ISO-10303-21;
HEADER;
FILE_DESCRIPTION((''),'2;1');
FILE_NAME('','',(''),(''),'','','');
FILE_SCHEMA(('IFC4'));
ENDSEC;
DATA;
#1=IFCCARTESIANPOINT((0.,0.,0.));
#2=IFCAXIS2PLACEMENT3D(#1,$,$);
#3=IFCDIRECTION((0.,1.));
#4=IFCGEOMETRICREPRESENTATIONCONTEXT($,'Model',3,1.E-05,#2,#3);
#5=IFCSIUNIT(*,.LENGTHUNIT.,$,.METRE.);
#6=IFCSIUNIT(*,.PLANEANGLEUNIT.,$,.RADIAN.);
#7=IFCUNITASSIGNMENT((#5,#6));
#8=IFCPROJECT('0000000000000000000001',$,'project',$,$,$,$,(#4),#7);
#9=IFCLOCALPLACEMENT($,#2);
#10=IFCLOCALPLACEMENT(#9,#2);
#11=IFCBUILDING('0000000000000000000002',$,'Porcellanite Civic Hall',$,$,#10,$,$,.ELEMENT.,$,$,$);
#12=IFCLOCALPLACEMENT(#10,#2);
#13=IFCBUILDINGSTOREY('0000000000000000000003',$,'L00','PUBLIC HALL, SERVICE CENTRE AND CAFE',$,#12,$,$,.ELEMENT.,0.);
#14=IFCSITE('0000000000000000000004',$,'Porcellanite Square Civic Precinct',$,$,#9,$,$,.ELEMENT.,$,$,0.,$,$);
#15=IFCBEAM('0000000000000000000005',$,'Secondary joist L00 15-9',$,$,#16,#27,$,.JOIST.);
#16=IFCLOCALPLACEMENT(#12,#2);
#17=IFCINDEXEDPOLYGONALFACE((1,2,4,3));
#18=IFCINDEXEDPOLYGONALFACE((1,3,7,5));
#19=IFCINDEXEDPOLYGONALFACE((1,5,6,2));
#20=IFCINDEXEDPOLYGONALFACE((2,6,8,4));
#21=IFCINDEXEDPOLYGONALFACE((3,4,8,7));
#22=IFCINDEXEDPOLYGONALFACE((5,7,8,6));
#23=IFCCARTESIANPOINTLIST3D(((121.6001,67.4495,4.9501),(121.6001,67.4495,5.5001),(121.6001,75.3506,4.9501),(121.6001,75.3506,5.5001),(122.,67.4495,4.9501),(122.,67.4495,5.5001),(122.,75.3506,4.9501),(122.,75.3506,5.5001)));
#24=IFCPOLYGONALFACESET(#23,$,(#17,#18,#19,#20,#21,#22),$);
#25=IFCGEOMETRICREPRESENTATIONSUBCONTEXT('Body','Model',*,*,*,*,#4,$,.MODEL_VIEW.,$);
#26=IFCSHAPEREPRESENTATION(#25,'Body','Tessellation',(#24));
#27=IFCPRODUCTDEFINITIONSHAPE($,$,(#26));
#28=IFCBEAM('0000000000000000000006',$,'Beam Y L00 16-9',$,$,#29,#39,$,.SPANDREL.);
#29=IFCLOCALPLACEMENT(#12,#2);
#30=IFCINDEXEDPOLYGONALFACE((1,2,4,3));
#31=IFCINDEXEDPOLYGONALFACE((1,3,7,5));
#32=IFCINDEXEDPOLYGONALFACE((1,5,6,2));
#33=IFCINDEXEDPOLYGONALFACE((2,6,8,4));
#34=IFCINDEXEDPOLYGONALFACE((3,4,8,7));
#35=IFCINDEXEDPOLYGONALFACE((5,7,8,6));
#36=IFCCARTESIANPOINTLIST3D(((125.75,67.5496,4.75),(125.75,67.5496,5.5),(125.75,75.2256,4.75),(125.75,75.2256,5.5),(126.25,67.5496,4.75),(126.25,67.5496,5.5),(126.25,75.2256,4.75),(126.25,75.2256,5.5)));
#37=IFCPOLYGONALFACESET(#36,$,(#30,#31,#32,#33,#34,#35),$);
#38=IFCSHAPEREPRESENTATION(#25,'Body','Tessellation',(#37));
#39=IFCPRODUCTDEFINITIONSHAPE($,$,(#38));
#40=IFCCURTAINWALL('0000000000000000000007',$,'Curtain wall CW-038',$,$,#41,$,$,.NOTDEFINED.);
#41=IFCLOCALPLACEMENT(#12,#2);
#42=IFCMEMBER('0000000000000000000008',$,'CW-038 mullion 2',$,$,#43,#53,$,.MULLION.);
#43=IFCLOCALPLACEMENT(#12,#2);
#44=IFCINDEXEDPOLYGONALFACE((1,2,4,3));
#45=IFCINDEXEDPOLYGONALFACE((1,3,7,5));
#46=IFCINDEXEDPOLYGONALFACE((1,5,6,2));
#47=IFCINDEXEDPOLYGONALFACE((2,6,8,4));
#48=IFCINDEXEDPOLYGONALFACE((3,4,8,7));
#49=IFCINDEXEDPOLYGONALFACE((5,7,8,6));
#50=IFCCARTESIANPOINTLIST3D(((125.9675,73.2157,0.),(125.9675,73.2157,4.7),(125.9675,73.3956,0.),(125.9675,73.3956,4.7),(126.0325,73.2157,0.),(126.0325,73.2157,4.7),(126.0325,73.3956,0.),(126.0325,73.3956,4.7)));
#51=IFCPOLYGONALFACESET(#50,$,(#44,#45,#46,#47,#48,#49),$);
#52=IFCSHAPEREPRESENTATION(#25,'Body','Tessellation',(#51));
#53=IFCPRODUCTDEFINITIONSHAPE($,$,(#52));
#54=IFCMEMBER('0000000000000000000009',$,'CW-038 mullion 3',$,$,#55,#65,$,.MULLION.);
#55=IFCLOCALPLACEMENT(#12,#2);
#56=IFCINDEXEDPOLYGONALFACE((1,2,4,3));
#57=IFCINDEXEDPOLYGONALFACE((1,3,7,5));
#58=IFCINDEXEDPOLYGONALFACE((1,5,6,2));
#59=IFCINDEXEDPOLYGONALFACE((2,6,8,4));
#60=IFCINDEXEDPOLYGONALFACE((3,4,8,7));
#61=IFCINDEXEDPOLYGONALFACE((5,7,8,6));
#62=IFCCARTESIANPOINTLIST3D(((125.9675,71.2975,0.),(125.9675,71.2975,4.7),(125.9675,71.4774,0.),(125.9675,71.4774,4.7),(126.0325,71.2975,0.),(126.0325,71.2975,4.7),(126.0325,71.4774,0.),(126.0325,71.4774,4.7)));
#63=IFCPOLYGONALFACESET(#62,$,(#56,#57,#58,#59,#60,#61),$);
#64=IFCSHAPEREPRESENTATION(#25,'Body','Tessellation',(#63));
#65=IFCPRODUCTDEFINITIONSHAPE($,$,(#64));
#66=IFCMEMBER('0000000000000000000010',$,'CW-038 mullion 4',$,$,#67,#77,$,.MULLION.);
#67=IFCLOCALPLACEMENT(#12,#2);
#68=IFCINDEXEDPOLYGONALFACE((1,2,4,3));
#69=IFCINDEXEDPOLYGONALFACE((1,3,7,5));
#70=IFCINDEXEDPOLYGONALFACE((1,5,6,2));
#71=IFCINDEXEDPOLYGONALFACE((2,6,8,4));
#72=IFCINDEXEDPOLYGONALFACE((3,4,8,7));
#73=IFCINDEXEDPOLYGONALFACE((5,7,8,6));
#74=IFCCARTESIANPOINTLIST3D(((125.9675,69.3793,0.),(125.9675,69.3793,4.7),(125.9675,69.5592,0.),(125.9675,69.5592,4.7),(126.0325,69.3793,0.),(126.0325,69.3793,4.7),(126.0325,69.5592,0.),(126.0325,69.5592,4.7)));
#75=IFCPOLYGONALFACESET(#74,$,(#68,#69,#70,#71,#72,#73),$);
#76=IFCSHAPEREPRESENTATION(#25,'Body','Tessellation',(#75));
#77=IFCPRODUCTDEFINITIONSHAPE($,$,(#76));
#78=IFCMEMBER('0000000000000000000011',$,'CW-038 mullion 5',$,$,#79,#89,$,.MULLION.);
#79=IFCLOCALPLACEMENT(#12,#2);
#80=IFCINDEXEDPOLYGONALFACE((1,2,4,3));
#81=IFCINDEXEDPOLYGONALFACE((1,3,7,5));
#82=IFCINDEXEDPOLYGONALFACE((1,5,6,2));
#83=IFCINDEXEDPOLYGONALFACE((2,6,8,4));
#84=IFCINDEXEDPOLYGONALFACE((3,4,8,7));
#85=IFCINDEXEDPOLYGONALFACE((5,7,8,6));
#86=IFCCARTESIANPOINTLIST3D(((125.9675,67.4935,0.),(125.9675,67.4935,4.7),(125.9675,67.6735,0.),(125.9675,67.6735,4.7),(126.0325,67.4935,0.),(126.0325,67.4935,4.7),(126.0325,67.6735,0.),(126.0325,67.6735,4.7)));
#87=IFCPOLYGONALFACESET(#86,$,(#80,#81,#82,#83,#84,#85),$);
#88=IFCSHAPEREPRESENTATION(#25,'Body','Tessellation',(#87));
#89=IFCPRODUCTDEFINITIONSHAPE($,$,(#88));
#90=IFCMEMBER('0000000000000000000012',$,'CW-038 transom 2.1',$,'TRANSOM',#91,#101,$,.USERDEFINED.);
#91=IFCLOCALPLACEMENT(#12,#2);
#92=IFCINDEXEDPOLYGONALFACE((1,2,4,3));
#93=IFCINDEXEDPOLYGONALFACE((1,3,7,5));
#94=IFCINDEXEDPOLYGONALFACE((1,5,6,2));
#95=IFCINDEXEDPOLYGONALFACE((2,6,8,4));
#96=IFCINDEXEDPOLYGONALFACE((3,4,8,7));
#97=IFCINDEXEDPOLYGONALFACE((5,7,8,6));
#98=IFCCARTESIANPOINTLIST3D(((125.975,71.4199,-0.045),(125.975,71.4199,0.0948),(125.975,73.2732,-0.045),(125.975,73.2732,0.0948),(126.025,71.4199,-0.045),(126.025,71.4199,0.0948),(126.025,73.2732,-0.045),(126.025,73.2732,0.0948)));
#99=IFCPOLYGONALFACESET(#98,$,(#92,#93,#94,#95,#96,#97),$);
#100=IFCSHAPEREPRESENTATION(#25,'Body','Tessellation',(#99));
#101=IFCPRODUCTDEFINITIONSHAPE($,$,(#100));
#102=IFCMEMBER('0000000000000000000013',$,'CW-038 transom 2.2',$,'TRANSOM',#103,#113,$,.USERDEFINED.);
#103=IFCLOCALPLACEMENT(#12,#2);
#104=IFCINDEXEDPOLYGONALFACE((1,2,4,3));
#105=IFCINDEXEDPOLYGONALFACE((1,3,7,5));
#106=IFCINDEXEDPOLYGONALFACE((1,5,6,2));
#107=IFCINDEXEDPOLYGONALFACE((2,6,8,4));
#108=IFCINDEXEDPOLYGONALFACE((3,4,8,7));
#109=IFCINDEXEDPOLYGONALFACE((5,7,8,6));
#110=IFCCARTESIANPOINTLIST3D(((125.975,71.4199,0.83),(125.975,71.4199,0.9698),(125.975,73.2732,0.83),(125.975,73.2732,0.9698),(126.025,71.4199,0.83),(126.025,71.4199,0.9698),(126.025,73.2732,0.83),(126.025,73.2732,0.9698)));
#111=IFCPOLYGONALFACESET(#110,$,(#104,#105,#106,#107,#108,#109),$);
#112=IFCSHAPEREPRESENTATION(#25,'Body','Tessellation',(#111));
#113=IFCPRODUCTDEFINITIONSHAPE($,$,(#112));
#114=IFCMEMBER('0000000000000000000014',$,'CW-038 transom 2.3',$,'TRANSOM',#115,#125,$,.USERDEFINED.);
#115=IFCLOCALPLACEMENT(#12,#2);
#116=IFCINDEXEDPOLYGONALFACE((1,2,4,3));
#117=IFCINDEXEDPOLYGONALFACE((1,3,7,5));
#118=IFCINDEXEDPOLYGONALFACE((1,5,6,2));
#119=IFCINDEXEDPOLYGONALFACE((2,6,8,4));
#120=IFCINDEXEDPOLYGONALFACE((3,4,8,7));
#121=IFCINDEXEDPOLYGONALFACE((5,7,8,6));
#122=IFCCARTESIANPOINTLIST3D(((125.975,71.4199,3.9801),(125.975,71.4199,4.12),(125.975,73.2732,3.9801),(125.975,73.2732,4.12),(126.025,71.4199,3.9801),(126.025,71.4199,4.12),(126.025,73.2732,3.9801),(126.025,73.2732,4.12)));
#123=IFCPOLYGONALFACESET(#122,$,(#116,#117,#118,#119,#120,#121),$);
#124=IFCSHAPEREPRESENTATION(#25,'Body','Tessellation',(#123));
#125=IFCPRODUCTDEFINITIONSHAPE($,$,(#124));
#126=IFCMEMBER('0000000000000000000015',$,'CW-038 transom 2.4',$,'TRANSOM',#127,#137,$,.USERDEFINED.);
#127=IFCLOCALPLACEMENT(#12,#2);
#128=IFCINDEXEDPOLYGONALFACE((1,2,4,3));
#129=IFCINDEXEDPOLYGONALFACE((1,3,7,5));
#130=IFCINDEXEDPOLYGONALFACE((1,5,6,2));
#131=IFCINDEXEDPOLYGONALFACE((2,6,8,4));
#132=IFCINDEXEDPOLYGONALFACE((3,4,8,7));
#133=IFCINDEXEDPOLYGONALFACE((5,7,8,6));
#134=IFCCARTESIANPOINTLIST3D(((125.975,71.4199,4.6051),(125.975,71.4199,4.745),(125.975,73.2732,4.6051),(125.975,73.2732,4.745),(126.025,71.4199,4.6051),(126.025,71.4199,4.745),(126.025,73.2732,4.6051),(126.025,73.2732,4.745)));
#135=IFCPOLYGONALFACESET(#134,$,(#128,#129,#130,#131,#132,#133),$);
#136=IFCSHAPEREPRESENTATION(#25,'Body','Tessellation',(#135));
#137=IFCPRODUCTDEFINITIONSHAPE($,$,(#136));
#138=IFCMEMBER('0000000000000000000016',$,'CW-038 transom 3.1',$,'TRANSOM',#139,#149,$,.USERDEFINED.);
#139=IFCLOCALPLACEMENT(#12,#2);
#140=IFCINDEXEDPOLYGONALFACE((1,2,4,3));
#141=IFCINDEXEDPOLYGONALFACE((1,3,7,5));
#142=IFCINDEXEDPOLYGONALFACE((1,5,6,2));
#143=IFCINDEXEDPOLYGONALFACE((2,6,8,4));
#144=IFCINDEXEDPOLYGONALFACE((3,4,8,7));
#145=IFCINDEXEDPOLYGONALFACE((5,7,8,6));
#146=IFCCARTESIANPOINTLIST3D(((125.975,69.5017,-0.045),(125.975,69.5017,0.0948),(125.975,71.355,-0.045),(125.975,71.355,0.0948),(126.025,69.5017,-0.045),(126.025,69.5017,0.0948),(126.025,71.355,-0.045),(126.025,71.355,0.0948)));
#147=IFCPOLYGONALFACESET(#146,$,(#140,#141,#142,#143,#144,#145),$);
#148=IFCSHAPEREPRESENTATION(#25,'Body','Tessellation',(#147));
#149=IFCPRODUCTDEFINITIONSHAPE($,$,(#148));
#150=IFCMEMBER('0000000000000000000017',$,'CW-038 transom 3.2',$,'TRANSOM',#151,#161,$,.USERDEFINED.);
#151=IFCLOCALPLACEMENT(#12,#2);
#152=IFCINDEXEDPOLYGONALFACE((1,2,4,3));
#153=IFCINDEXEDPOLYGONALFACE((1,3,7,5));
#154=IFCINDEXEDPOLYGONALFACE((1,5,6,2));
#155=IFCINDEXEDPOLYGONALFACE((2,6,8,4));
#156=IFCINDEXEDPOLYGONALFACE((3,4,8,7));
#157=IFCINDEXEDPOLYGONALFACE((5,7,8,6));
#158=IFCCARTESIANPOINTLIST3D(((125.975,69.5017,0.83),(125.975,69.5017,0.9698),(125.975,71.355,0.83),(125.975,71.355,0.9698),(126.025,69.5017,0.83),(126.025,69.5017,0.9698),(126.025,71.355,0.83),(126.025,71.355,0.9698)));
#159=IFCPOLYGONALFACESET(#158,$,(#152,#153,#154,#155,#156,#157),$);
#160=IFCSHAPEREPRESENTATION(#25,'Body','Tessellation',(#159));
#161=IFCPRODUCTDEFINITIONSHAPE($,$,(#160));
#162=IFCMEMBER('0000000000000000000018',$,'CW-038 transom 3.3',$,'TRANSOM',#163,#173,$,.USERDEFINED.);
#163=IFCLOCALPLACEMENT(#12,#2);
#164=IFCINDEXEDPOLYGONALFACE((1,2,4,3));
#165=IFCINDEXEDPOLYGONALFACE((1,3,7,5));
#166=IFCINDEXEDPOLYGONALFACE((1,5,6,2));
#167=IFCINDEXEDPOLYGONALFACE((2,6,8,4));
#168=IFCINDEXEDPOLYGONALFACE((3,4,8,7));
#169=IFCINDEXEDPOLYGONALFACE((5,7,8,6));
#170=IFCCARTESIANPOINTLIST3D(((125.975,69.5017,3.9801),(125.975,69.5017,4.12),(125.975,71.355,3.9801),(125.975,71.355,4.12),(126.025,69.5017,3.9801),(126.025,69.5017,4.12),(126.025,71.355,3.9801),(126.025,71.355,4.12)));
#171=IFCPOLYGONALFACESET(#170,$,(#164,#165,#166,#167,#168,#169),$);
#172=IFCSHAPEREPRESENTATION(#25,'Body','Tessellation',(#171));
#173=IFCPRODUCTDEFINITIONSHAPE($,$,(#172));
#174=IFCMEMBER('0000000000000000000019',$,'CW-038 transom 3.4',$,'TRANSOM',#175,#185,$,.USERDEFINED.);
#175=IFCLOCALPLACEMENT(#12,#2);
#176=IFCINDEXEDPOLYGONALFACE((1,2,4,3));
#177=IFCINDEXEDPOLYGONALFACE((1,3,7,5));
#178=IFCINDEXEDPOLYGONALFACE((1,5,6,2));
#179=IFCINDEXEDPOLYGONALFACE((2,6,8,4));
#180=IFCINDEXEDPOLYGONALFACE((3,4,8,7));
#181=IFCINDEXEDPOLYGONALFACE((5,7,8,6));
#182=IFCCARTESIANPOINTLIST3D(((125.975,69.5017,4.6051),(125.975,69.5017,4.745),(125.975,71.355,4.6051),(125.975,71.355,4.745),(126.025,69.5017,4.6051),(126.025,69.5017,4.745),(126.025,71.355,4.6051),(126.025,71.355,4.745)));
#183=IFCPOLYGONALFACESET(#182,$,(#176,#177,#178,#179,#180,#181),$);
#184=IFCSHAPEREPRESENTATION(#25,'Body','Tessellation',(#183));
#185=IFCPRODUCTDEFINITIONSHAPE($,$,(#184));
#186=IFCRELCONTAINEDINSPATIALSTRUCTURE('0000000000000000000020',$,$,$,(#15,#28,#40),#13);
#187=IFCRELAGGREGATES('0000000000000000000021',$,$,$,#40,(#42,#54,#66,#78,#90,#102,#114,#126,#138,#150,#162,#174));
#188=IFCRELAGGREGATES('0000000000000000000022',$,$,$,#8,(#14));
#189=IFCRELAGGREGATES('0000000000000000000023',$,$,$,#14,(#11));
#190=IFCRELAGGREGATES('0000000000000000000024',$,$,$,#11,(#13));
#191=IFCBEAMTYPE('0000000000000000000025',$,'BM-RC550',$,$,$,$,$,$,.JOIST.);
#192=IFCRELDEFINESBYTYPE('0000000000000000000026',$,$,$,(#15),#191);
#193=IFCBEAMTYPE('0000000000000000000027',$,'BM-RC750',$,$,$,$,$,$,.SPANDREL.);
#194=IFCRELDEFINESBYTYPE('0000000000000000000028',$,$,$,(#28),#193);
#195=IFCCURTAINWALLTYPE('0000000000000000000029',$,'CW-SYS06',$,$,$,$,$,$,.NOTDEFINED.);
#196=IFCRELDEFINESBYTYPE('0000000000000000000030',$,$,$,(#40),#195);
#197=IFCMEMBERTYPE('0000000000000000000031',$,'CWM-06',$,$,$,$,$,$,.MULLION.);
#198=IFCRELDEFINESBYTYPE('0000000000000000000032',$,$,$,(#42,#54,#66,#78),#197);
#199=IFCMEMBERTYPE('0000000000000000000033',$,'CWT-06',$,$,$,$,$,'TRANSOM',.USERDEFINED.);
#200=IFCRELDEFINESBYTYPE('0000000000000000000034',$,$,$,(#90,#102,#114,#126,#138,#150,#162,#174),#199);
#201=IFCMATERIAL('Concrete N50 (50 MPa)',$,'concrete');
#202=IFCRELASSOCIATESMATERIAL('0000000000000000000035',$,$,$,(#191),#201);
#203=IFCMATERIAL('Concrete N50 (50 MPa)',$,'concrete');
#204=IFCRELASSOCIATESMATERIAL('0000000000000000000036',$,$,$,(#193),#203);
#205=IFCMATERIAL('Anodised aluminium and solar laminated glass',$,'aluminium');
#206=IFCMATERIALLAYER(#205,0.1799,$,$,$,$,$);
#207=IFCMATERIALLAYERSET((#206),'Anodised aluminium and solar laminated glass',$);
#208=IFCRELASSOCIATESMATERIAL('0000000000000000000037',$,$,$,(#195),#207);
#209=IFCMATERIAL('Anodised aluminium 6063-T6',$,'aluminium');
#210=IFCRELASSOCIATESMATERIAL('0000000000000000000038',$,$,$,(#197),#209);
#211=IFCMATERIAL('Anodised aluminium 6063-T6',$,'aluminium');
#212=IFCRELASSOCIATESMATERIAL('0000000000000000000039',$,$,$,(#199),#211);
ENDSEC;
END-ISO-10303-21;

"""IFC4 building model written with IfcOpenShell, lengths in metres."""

from ifc_helpers import new_model, si_unit, direction, frame, origin, origin_2d, place, context, subcontext, project, spatial, rectangle, extrude, material, layer, layer_set, material_profile, profile_set, type_object, element, aggregate, save


model = new_model("IFC4")

# Units and contexts
model_context = context("Model", 3, precision=1e-05, world=origin(), true_north=direction((0.0, 1.0)))
body_context = subcontext(model_context, "Body", "Model", "MODEL_VIEW")
ifc_project = project(units=[si_unit("LENGTHUNIT", "METRE"), si_unit("PLANEANGLEUNIT", "RADIAN")], contexts=[model_context])

# Site, building, storey
site_placement = place(None, origin())
site = spatial("IfcSite", under=ifc_project, at=site_placement, Name="Porcellanite Square Civic Precinct", CompositionType="ELEMENT", RefElevation=0.0)
building_placement = place(site_placement, origin())
building = spatial("IfcBuilding", under=site, at=building_placement, Name="Porcellanite Civic Hall", CompositionType="ELEMENT")
storey_placement = place(building_placement, origin())
storey = spatial("IfcBuildingStorey", under=building, at=storey_placement, Name="L00", Description="PUBLIC HALL, SERVICE CENTRE AND CAFE", CompositionType="ELEMENT", Elevation=0.0)

# Beams
ifc_material_1 = material(Name="Concrete N50 (50 MPa)", Category="concrete")
ifc_material_profile_1 = material_profile(ifc_material_1, rectangle(XDim=0.3999, YDim=0.55, at=origin_2d()), Name="RC-400x550")
ifc_profile_set_1 = profile_set([ifc_material_profile_1], Name="Concrete N50 (50 MPa)")
beam_type_1 = type_object("IfcBeamType", Name="BM-RC550", PredefinedType="JOIST", material=ifc_profile_set_1)
beam_1_placement = place(storey_placement, frame((121.8, 67.4495, 5.2251), z_axis=(0.0, 1.0, 0.0), x_axis=(-1.0, 0.0, 0.0)))
element("IfcBeam", 1, at=beam_1_placement, inside=storey, type_object=beam_type_1, Name="Secondary joist L00 15-9", PredefinedType="JOIST", context=body_context, shape_type="SweptSolid", body=[
    extrude(rectangle(XDim=0.3999, YDim=0.55, at=origin_2d()), origin(), (0.0, 0.0, 1.0), 7.9011),
])
ifc_material_2 = material(Name="Concrete N50 (50 MPa)", Category="concrete")
ifc_material_profile_2 = material_profile(ifc_material_2, rectangle(XDim=0.5, YDim=0.75, at=origin_2d()), Name="RC-500x750")
ifc_profile_set_2 = profile_set([ifc_material_profile_2], Name="Concrete N50 (50 MPa)")
beam_type_2 = type_object("IfcBeamType", Name="BM-RC750", PredefinedType="SPANDREL", material=ifc_profile_set_2)
beam_2_placement = place(storey_placement, frame((126.0, 67.5496, 5.125), z_axis=(0.0, 1.0, 0.0), x_axis=(-1.0, 0.0, 0.0)))
element("IfcBeam", 2, at=beam_2_placement, inside=storey, type_object=beam_type_2, Name="Beam Y L00 16-9", PredefinedType="SPANDREL", context=body_context, shape_type="SweptSolid", body=[
    extrude(rectangle(XDim=0.5, YDim=0.75, at=origin_2d()), origin(), (0.0, 0.0, 1.0), 7.676),
])

# Curtain wall, members
ifc_material_3 = material(Name="Anodised aluminium and solar laminated glass", Category="aluminium")
ifc_layer_1 = layer(ifc_material_3, 0.1799)
ifc_layer_set_1 = layer_set([ifc_layer_1], Name="Anodised aluminium and solar laminated glass")
curtain_wall_type = type_object("IfcCurtainWallType", Name="CW-SYS06", PredefinedType="NOTDEFINED", material=ifc_layer_set_1)
curtain_wall_placement = place(storey_placement, origin())
curtain_wall = element("IfcCurtainWall", 3, at=curtain_wall_placement, inside=storey, type_object=curtain_wall_type, Name="Curtain wall CW-038", PredefinedType="NOTDEFINED")
ifc_material_4 = material(Name="Anodised aluminium 6063-T6", Category="aluminium")
ifc_material_profile_3 = material_profile(ifc_material_4, rectangle(XDim=0.0649, YDim=0.1799, at=origin_2d()), Name="AL-65x180")
ifc_profile_set_3 = profile_set([ifc_material_profile_3], Name="Anodised aluminium 6063-T6")
member_type_1 = type_object("IfcMemberType", Name="CWM-06", PredefinedType="MULLION", material=ifc_profile_set_3)
member_1_placement = place(storey_placement, frame((126.0, 73.3057, 0.0), z_axis=(0.0, 0.0, 1.0), x_axis=(1.0, 0.0, 0.0)))
member_1 = element("IfcMember", 4, at=member_1_placement, type_object=member_type_1, Name="CW-038 mullion 2", PredefinedType="MULLION", context=body_context, shape_type="SweptSolid", body=[
    extrude(rectangle(XDim=0.0649, YDim=0.1799, at=origin_2d()), origin(), (0.0, 0.0, 1.0), 4.7),
])
member_2_placement = place(storey_placement, frame((126.0, 71.3875, 0.0), z_axis=(0.0, 0.0, 1.0), x_axis=(1.0, 0.0, 0.0)))
member_2 = element("IfcMember", 5, at=member_2_placement, type_object=member_type_1, Name="CW-038 mullion 3", PredefinedType="MULLION", context=body_context, shape_type="SweptSolid", body=[
    extrude(rectangle(XDim=0.0649, YDim=0.1799, at=origin_2d()), origin(), (0.0, 0.0, 1.0), 4.7),
])
member_3_placement = place(storey_placement, frame((126.0, 69.4692, 0.0), z_axis=(0.0, 0.0, 1.0), x_axis=(1.0, 0.0, 0.0)))
member_3 = element("IfcMember", 6, at=member_3_placement, type_object=member_type_1, Name="CW-038 mullion 4", PredefinedType="MULLION", context=body_context, shape_type="SweptSolid", body=[
    extrude(rectangle(XDim=0.0649, YDim=0.1799, at=origin_2d()), origin(), (0.0, 0.0, 1.0), 4.7),
])
member_4_placement = place(storey_placement, frame((126.0, 67.5835, 0.0), z_axis=(0.0, 0.0, 1.0), x_axis=(1.0, 0.0, 0.0)))
member_4 = element("IfcMember", 7, at=member_4_placement, type_object=member_type_1, Name="CW-038 mullion 5", PredefinedType="MULLION", context=body_context, shape_type="SweptSolid", body=[
    extrude(rectangle(XDim=0.0649, YDim=0.1799, at=origin_2d()), origin(), (0.0, 0.0, 1.0), 4.7),
])
ifc_material_5 = material(Name="Anodised aluminium 6063-T6", Category="aluminium")
ifc_material_profile_4 = material_profile(ifc_material_5, rectangle(XDim=0.05, YDim=0.1399, at=origin_2d()), Name="AL-50x140")
ifc_profile_set_4 = profile_set([ifc_material_profile_4], Name="Anodised aluminium 6063-T6")
member_type_2 = type_object("IfcMemberType", Name="CWT-06", ElementType="TRANSOM", PredefinedType="USERDEFINED", material=ifc_profile_set_4)
member_5_placement = place(storey_placement, frame((126.0, 73.2732, 0.0249), z_axis=(0.0, -1.0, 0.0), x_axis=(1.0, 0.0, 0.0)))
member_5 = element("IfcMember", 8, at=member_5_placement, type_object=member_type_2, Name="CW-038 transom 2.1", ObjectType="TRANSOM", PredefinedType="USERDEFINED", context=body_context, shape_type="SweptSolid", body=[
    extrude(rectangle(XDim=0.05, YDim=0.1399, at=origin_2d()), origin(), (0.0, 0.0, 1.0), 1.8533),
])
member_6_placement = place(storey_placement, frame((126.0, 73.2732, 0.8999), z_axis=(0.0, -1.0, 0.0), x_axis=(1.0, 0.0, 0.0)))
member_6 = element("IfcMember", 9, at=member_6_placement, type_object=member_type_2, Name="CW-038 transom 2.2", ObjectType="TRANSOM", PredefinedType="USERDEFINED", context=body_context, shape_type="SweptSolid", body=[
    extrude(rectangle(XDim=0.05, YDim=0.1399, at=origin_2d()), origin(), (0.0, 0.0, 1.0), 1.8533),
])
member_7_placement = place(storey_placement, frame((126.0, 73.2732, 4.05), z_axis=(0.0, -1.0, 0.0), x_axis=(1.0, 0.0, 0.0)))
member_7 = element("IfcMember", 10, at=member_7_placement, type_object=member_type_2, Name="CW-038 transom 2.3", ObjectType="TRANSOM", PredefinedType="USERDEFINED", context=body_context, shape_type="SweptSolid", body=[
    extrude(rectangle(XDim=0.05, YDim=0.1399, at=origin_2d()), origin(), (0.0, 0.0, 1.0), 1.8533),
])
member_8_placement = place(storey_placement, frame((126.0, 73.2732, 4.675), z_axis=(0.0, -1.0, 0.0), x_axis=(1.0, 0.0, 0.0)))
member_8 = element("IfcMember", 11, at=member_8_placement, type_object=member_type_2, Name="CW-038 transom 2.4", ObjectType="TRANSOM", PredefinedType="USERDEFINED", context=body_context, shape_type="SweptSolid", body=[
    extrude(rectangle(XDim=0.05, YDim=0.1399, at=origin_2d()), origin(), (0.0, 0.0, 1.0), 1.8533),
])
member_9_placement = place(storey_placement, frame((126.0, 71.355, 0.0249), z_axis=(0.0, -1.0, 0.0), x_axis=(1.0, 0.0, 0.0)))
member_9 = element("IfcMember", 12, at=member_9_placement, type_object=member_type_2, Name="CW-038 transom 3.1", ObjectType="TRANSOM", PredefinedType="USERDEFINED", context=body_context, shape_type="SweptSolid", body=[
    extrude(rectangle(XDim=0.05, YDim=0.1399, at=origin_2d()), origin(), (0.0, 0.0, 1.0), 1.8533),
])
member_10_placement = place(storey_placement, frame((126.0, 71.355, 0.8999), z_axis=(0.0, -1.0, 0.0), x_axis=(1.0, 0.0, 0.0)))
member_10 = element("IfcMember", 13, at=member_10_placement, type_object=member_type_2, Name="CW-038 transom 3.2", ObjectType="TRANSOM", PredefinedType="USERDEFINED", context=body_context, shape_type="SweptSolid", body=[
    extrude(rectangle(XDim=0.05, YDim=0.1399, at=origin_2d()), origin(), (0.0, 0.0, 1.0), 1.8533),
])
member_11_placement = place(storey_placement, frame((126.0, 71.355, 4.05), z_axis=(0.0, -1.0, 0.0), x_axis=(1.0, 0.0, 0.0)))
member_11 = element("IfcMember", 14, at=member_11_placement, type_object=member_type_2, Name="CW-038 transom 3.3", ObjectType="TRANSOM", PredefinedType="USERDEFINED", context=body_context, shape_type="SweptSolid", body=[
    extrude(rectangle(XDim=0.05, YDim=0.1399, at=origin_2d()), origin(), (0.0, 0.0, 1.0), 1.8533),
])
member_12_placement = place(storey_placement, frame((126.0, 71.355, 4.675), z_axis=(0.0, -1.0, 0.0), x_axis=(1.0, 0.0, 0.0)))
member_12 = element("IfcMember", 15, at=member_12_placement, type_object=member_type_2, Name="CW-038 transom 3.4", ObjectType="TRANSOM", PredefinedType="USERDEFINED", context=body_context, shape_type="SweptSolid", body=[
    extrude(rectangle(XDim=0.05, YDim=0.1399, at=origin_2d()), origin(), (0.0, 0.0, 1.0), 1.8533),
])

aggregate(curtain_wall, [member_1, member_2, member_3, member_4, member_5, member_6, member_7, member_8, member_9, member_10, member_11, member_12])

save(model, "model.ifc")
